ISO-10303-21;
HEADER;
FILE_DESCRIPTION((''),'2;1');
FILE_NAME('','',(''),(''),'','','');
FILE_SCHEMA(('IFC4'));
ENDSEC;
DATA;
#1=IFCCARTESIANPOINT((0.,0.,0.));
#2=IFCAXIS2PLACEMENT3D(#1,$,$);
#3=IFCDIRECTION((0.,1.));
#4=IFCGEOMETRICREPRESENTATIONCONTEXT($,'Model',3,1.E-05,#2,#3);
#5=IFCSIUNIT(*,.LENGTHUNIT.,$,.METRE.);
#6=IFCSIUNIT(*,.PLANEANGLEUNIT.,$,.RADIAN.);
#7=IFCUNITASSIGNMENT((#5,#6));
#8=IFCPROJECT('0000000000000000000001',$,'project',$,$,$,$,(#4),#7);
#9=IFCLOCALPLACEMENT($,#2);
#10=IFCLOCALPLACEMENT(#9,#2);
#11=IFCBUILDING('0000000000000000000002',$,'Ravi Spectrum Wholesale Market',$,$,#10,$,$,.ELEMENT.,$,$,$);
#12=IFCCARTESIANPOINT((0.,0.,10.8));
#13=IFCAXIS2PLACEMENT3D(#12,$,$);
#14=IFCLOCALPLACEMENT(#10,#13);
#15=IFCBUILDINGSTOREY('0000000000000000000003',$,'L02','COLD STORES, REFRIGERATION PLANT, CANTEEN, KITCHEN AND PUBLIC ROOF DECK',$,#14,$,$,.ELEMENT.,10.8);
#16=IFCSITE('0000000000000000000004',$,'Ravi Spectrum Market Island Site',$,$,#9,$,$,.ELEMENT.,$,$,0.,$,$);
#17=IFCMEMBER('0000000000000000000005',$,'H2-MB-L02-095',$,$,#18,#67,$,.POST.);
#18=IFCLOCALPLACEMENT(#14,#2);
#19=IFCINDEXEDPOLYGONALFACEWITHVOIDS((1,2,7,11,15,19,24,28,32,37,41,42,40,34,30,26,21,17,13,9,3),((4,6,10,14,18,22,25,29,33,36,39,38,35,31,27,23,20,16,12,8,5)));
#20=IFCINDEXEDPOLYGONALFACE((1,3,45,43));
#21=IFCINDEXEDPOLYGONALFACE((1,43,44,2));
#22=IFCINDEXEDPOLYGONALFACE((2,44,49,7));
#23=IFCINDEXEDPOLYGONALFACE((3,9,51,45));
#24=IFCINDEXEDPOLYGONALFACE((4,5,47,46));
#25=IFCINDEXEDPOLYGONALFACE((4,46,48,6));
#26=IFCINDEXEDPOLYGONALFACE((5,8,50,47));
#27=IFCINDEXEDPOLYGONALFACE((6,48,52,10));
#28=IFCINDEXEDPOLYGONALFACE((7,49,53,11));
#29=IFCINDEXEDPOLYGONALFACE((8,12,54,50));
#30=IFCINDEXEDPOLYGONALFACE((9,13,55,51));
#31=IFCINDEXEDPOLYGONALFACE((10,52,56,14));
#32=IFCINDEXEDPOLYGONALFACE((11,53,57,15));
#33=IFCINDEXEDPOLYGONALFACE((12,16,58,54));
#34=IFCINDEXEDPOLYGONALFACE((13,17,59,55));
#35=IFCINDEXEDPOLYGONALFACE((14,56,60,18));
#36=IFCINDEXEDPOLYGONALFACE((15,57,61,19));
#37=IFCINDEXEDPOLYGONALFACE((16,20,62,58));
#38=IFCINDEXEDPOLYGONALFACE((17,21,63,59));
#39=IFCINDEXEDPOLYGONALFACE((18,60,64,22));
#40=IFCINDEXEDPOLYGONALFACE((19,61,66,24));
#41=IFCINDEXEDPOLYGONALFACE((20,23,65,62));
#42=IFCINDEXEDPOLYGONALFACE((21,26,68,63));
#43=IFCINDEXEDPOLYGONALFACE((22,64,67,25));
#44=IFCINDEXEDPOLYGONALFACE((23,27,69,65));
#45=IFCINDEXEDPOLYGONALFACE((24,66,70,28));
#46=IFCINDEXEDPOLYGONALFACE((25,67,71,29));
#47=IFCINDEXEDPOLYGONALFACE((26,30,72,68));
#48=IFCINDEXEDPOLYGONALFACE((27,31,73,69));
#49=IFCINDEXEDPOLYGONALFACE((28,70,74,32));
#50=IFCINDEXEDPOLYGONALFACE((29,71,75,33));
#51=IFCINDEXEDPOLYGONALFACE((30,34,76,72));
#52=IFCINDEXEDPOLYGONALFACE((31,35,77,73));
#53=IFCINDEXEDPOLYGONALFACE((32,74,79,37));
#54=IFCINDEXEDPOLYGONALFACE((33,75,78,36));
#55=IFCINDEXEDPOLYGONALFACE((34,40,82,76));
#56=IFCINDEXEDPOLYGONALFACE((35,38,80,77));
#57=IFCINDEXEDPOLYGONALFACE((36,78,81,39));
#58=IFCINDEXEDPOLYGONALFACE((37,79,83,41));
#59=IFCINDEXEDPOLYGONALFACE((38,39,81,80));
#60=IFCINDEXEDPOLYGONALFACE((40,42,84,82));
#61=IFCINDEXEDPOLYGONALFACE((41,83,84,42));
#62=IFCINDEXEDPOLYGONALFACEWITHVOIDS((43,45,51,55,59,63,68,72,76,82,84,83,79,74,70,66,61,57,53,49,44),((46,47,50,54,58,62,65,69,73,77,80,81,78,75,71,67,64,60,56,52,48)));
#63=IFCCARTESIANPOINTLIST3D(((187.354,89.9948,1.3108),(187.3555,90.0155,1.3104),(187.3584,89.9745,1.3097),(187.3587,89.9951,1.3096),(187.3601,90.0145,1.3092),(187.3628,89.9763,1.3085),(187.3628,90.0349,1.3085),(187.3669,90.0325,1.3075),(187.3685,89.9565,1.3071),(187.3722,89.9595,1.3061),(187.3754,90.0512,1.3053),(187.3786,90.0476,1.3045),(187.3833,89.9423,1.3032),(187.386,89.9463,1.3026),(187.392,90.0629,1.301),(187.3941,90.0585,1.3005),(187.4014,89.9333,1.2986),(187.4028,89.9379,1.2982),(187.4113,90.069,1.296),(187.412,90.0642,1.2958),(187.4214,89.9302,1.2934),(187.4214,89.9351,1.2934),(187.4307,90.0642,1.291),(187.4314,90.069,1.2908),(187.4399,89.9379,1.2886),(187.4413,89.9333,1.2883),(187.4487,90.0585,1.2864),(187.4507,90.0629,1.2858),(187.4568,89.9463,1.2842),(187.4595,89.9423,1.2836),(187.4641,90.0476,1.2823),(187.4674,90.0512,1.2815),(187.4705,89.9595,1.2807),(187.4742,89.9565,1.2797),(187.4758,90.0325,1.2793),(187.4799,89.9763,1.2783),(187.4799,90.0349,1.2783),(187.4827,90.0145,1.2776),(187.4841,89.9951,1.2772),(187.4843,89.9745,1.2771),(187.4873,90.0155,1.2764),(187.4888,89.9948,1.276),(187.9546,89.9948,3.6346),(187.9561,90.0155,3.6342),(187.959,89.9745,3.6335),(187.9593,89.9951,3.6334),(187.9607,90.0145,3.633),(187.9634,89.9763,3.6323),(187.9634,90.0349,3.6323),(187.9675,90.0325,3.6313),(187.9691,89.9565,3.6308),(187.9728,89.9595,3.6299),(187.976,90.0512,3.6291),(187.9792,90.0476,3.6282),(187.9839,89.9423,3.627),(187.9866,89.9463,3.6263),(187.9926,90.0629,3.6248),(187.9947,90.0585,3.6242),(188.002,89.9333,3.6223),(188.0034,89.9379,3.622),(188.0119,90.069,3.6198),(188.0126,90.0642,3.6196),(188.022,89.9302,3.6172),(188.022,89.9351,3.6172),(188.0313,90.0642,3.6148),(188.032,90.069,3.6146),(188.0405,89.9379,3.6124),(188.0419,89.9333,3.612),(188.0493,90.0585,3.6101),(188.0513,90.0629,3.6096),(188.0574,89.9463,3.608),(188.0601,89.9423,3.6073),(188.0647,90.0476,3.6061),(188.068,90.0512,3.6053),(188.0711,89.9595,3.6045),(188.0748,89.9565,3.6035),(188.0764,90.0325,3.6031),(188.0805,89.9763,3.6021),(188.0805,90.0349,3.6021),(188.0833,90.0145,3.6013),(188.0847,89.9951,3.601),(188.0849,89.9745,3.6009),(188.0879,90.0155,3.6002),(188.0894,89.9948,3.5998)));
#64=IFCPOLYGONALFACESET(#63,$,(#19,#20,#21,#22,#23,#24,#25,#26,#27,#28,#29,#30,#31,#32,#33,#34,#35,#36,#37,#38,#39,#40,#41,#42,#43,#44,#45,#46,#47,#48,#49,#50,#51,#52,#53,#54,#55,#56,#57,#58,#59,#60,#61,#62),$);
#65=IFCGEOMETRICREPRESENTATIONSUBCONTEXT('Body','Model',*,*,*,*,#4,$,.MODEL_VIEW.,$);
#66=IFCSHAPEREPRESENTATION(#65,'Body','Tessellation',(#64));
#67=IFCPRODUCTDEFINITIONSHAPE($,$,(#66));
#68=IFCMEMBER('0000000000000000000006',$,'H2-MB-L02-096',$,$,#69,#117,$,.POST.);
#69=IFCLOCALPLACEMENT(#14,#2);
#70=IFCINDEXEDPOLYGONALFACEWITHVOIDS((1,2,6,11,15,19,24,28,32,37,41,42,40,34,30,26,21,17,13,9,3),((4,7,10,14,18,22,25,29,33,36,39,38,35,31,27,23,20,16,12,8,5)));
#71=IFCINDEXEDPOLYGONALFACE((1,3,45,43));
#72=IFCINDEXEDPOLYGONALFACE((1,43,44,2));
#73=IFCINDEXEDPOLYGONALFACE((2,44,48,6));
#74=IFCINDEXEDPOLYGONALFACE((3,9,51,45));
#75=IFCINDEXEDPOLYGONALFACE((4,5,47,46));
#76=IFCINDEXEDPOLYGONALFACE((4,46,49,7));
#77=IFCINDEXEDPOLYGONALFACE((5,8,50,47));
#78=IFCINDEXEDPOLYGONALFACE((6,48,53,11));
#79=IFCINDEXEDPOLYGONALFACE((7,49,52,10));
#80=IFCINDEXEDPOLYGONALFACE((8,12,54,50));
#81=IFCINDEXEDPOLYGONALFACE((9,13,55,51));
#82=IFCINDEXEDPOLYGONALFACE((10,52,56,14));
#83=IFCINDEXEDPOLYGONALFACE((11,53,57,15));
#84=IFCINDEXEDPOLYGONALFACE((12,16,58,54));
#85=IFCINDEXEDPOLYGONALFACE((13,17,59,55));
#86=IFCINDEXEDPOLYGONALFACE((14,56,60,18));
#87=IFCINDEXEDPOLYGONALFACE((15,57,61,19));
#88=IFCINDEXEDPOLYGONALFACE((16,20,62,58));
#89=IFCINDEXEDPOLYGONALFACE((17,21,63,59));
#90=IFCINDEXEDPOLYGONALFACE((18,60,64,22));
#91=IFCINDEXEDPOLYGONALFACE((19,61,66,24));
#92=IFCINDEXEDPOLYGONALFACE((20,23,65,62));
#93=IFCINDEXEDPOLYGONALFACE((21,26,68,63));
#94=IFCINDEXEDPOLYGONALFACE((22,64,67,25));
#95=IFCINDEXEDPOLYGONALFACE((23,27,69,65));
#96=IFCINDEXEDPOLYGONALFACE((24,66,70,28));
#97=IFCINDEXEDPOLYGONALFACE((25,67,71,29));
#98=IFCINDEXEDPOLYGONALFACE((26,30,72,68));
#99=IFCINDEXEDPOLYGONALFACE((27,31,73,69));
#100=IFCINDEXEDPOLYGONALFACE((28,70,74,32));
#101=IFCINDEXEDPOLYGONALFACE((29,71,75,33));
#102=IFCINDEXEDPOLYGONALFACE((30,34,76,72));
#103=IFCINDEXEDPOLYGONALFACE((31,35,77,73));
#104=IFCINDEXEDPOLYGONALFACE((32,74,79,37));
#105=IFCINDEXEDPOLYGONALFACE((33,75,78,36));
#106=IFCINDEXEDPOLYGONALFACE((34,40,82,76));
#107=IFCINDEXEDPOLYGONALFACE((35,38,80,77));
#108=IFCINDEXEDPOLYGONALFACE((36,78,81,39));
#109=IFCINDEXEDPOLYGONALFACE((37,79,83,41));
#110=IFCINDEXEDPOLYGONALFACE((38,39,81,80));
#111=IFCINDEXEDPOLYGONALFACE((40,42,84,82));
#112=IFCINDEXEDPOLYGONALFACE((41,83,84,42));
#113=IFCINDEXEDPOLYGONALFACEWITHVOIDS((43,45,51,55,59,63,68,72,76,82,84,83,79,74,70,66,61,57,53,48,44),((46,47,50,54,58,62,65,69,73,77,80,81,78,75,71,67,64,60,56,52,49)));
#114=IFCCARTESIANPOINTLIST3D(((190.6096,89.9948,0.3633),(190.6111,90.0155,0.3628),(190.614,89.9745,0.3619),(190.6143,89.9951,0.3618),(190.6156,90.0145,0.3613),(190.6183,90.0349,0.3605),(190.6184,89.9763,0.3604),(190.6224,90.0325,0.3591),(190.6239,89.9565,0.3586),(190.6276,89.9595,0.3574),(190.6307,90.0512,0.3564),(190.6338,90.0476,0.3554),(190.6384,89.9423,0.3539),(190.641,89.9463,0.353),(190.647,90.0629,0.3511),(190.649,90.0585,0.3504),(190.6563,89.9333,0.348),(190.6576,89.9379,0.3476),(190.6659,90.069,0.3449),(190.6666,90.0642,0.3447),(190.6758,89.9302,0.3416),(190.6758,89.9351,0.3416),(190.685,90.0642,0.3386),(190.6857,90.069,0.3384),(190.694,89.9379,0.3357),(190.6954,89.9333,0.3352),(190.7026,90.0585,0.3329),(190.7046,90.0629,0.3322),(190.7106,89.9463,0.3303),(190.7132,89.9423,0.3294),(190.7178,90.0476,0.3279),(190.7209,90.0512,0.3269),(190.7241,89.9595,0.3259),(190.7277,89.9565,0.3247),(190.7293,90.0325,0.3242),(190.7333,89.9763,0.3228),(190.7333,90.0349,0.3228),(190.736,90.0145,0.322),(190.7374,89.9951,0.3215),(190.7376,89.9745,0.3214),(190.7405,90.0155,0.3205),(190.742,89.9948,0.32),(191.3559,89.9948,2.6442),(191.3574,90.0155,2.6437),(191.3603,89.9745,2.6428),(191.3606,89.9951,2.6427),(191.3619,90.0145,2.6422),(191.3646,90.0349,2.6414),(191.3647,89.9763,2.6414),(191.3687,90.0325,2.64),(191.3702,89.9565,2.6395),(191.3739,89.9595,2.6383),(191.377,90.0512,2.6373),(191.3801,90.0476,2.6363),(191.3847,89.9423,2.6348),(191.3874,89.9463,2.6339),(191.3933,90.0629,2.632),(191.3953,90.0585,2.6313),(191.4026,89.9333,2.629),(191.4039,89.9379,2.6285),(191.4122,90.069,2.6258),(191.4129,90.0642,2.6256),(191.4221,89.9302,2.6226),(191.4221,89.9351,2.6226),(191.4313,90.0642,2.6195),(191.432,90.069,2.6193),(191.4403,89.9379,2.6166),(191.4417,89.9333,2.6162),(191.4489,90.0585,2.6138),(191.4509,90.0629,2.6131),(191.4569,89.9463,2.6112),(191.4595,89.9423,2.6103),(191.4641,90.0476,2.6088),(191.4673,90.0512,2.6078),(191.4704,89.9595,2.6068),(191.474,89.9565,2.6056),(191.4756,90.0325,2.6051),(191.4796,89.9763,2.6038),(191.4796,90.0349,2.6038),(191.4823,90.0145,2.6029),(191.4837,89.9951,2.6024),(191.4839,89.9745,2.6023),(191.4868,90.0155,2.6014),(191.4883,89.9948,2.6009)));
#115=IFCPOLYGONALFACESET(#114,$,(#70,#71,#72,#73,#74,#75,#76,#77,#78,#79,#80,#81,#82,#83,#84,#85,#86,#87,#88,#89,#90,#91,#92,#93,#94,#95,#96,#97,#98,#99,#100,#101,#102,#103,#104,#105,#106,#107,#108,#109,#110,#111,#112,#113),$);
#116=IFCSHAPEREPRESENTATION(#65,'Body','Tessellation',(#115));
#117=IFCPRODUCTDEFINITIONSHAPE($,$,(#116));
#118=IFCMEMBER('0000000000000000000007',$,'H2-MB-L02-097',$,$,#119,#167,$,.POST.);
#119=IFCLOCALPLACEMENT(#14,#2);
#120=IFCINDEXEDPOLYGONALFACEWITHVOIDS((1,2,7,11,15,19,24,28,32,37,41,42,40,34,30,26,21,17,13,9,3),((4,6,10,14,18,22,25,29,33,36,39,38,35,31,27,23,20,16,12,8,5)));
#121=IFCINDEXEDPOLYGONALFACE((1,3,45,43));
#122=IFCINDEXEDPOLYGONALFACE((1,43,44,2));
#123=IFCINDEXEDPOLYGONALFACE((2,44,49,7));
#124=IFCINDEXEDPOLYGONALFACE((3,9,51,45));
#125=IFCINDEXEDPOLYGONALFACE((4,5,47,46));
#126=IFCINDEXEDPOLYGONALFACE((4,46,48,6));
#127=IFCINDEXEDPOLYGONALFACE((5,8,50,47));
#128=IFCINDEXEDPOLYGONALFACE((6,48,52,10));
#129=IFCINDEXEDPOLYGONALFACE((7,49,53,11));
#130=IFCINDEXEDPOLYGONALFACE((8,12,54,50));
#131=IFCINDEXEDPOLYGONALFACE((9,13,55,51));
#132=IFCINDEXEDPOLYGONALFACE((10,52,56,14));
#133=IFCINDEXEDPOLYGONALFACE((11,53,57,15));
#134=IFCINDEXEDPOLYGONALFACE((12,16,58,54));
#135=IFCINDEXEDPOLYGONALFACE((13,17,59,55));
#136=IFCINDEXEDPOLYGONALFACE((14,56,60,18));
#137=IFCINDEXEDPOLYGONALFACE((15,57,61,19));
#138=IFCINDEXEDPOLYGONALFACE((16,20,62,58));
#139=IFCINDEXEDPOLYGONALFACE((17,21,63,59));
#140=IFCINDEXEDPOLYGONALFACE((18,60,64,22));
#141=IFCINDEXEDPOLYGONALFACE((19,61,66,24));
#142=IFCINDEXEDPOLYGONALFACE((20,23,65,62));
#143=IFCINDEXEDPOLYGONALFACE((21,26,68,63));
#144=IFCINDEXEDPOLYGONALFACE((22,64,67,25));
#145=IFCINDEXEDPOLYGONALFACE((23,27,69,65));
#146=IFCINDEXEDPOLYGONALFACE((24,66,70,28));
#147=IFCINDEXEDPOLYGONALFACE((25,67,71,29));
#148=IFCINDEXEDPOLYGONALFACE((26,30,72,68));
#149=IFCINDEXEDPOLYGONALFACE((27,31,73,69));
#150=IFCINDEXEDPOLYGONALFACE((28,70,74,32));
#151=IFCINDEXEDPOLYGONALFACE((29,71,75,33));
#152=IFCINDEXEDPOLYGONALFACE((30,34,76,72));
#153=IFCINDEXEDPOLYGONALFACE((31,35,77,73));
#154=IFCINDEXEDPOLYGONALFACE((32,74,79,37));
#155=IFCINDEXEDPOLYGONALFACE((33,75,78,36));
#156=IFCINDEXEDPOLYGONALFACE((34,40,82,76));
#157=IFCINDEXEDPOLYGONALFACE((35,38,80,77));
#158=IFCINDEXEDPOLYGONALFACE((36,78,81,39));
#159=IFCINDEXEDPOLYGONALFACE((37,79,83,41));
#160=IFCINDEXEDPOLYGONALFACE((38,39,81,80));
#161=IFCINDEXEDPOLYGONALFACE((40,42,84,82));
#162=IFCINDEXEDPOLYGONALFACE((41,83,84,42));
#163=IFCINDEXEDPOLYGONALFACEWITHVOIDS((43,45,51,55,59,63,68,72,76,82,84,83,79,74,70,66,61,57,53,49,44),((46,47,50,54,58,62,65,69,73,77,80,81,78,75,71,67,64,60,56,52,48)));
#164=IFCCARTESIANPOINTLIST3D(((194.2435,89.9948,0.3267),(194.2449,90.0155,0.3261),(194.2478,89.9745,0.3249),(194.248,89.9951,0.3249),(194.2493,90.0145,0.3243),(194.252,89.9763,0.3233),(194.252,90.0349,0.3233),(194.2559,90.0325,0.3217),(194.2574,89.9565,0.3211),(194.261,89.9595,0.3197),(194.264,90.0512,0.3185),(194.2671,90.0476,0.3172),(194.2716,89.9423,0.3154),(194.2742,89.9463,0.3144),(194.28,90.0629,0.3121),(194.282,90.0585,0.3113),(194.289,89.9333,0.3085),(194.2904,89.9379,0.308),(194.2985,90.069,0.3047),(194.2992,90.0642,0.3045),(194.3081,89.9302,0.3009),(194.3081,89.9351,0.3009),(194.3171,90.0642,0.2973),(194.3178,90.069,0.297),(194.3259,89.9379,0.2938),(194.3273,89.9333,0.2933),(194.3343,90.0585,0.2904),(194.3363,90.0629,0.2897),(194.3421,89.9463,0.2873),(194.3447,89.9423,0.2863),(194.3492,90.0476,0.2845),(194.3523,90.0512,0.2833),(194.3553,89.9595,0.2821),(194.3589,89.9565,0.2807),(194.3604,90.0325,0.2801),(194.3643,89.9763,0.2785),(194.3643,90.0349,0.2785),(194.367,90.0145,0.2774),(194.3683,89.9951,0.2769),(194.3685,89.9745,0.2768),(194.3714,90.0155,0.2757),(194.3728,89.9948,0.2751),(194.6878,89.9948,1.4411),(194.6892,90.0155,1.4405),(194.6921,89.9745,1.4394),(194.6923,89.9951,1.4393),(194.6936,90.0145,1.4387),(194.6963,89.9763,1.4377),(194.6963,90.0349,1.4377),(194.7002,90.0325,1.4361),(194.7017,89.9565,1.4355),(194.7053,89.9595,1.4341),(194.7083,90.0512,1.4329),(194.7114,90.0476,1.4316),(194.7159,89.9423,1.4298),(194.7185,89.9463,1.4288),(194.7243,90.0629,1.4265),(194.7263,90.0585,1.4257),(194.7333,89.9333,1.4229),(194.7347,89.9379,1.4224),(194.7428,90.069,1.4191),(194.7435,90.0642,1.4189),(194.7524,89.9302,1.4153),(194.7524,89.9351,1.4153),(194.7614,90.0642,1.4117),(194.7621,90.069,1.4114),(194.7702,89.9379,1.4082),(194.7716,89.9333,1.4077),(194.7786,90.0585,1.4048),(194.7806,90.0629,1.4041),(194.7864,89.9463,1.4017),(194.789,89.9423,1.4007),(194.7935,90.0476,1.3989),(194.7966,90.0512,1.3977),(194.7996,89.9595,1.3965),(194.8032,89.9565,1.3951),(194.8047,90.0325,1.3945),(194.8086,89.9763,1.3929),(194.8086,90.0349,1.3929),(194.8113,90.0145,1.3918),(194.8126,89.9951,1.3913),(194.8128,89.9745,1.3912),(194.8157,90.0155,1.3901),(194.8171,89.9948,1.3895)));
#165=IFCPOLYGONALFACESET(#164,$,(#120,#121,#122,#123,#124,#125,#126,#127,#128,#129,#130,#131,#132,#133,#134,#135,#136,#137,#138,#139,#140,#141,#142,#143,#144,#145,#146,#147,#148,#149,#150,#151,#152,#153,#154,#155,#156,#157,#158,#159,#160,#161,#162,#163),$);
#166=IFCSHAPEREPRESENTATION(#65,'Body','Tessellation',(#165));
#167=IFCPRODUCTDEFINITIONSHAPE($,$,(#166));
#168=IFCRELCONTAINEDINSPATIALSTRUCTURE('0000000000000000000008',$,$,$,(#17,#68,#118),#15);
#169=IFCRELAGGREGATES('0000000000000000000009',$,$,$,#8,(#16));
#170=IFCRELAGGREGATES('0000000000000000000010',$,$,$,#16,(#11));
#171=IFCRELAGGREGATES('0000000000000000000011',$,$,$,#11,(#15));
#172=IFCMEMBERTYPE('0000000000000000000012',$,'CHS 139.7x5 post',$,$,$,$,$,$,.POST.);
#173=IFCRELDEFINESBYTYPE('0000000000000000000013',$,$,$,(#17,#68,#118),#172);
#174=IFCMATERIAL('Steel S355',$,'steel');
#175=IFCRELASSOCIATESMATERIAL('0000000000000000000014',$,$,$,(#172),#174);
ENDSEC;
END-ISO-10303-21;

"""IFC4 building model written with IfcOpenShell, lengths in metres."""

from ifc_helpers import new_model, si_unit, direction, frame, origin, origin_2d, place, context, subcontext, project, spatial, hollow_circle, extrude, material, material_profile, profile_set, type_object, element, save


model = new_model("IFC4")

# Units and contexts
model_context = context("Model", 3, precision=1e-05, world=origin(), true_north=direction((0.0, 1.0)))
body_context = subcontext(model_context, "Body", "Model", "MODEL_VIEW")
ifc_project = project(units=[si_unit("LENGTHUNIT", "METRE"), si_unit("PLANEANGLEUNIT", "RADIAN")], contexts=[model_context])

# Site, building, storey
site_placement = place(None, origin())
site = spatial("IfcSite", under=ifc_project, at=site_placement, Name="Ravi Spectrum Market Island Site", CompositionType="ELEMENT", RefElevation=0.0)
building_placement = place(site_placement, origin())
building = spatial("IfcBuilding", under=site, at=building_placement, Name="Ravi Spectrum Wholesale Market", CompositionType="ELEMENT")
storey_placement = place(building_placement, frame((0.0, 0.0, 10.8)))
storey = spatial("IfcBuildingStorey", under=building, at=storey_placement, Name="L02", Description="COLD STORES, REFRIGERATION PLANT, CANTEEN, KITCHEN AND PUBLIC ROOF DECK", CompositionType="ELEMENT", Elevation=10.8)

# Members
ifc_material_1 = material(Name="Steel S355", Category="steel")
ifc_material_profile_1 = material_profile(ifc_material_1, hollow_circle(Radius=0.0698, WallThickness=0.0049, at=origin_2d()))
ifc_profile_set_1 = profile_set([ifc_material_profile_1], Name="Steel S355")
member_type_1 = type_object("IfcMemberType", Name="CHS 139.7x5 post", PredefinedType="POST", material=ifc_profile_set_1)
member_1_placement = place(storey_placement, frame((188.022, 90.0, 3.6172), z_axis=(-0.250235, 0.0, -0.968185), x_axis=(0.0, -1.0, 0.0)))
element("IfcMember", 1, at=member_1_placement, inside=storey, type_object=member_type_1, Name="H2-MB-L02-095", PredefinedType="POST", context=body_context, shape_type="SweptSolid", body=[
    extrude(hollow_circle(Radius=0.0698, WallThickness=0.0049, at=origin_2d()), origin(), (0.0, 0.0, 1.0), 2.4001),
])
member_2_placement = place(storey_placement, frame((191.4221, 90.0, 2.6226), z_axis=(-0.310974, 0.0, -0.950418), x_axis=(0.0, -1.0, 0.0)))
element("IfcMember", 2, at=member_2_placement, inside=storey, type_object=member_type_1, Name="H2-MB-L02-096", PredefinedType="POST", context=body_context, shape_type="SweptSolid", body=[
    extrude(hollow_circle(Radius=0.0698, WallThickness=0.0049, at=origin_2d()), origin(), (0.0, 0.0, 1.0), 2.3999),
])
member_3_placement = place(storey_placement, frame((194.7524, 90.0, 1.4153), z_axis=(-0.370338, 0.0, -0.928897), x_axis=(0.0, -1.0, 0.0)))
element("IfcMember", 3, at=member_3_placement, inside=storey, type_object=member_type_1, Name="H2-MB-L02-097", PredefinedType="POST", context=body_context, shape_type="SweptSolid", body=[
    extrude(hollow_circle(Radius=0.0698, WallThickness=0.0049, at=origin_2d()), origin(), (0.0, 0.0, 1.0), 1.1997),
])

save(model, "model.ifc")
